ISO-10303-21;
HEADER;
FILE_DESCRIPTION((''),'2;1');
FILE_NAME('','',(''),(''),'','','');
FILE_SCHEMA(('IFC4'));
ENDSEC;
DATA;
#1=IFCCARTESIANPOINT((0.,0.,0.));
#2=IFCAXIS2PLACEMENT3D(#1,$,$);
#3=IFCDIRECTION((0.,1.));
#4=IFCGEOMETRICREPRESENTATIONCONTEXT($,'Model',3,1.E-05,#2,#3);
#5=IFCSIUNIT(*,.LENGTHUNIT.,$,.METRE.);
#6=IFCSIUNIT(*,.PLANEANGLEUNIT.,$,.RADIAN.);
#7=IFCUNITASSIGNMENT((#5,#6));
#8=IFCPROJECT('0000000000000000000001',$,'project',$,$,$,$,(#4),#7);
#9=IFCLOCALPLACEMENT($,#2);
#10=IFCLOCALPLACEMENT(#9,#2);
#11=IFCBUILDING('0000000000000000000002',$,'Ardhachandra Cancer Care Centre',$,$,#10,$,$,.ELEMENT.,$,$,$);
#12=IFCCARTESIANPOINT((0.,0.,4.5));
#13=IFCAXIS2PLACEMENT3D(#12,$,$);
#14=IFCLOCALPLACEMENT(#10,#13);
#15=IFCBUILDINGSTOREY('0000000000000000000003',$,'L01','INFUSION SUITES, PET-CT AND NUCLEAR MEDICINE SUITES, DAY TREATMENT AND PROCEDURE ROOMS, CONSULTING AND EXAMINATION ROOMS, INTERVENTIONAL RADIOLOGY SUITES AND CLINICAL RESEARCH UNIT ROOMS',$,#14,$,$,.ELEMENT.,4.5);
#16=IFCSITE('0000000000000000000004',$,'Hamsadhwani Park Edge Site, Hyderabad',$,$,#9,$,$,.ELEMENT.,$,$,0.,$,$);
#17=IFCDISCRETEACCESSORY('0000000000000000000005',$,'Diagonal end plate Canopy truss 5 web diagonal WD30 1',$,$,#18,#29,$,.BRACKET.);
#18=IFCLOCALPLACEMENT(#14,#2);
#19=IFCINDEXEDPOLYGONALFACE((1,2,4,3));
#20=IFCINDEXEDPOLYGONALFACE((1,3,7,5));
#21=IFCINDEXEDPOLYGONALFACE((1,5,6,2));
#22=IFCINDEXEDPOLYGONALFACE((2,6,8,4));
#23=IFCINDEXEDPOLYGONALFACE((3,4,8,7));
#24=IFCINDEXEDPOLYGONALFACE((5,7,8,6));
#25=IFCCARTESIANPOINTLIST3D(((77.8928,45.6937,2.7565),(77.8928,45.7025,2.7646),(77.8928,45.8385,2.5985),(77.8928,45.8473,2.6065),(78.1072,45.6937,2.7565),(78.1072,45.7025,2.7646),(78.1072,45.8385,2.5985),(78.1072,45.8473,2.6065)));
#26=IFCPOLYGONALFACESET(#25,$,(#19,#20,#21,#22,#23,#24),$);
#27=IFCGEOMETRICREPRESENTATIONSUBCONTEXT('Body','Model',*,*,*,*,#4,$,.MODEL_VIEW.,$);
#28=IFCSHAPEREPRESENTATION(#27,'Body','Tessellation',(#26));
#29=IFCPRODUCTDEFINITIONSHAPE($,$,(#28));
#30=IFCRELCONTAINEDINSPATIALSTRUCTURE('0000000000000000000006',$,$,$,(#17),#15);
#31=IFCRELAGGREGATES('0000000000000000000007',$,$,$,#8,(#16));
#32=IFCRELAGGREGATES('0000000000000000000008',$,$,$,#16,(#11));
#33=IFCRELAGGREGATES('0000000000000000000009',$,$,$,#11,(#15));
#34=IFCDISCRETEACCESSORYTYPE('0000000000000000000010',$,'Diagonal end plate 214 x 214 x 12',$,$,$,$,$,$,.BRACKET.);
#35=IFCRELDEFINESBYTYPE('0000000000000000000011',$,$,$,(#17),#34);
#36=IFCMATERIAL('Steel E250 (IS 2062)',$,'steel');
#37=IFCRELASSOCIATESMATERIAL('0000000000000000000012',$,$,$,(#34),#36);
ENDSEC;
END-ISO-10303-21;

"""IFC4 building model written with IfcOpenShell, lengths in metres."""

from ifc_helpers import new_model, si_unit, direction, frame, origin, origin_2d, place, context, subcontext, project, spatial, rectangle, extrude, material, material_profile, profile_set, type_object, element, save


model = new_model("IFC4")

# Units and contexts
model_context = context("Model", 3, precision=1e-05, world=origin(), true_north=direction((0.0, 1.0)))
body_context = subcontext(model_context, "Body", "Model", "MODEL_VIEW")
ifc_project = project(units=[si_unit("LENGTHUNIT", "METRE"), si_unit("PLANEANGLEUNIT", "RADIAN")], contexts=[model_context])

# Site, building, storey
site_placement = place(None, origin())
site = spatial("IfcSite", under=ifc_project, at=site_placement, Name="Hamsadhwani Park Edge Site, Hyderabad", CompositionType="ELEMENT", RefElevation=0.0)
building_placement = place(site_placement, origin())
building = spatial("IfcBuilding", under=site, at=building_placement, Name="Ardhachandra Cancer Care Centre", CompositionType="ELEMENT")
storey_placement = place(building_placement, frame((0.0, 0.0, 4.5)))
storey = spatial("IfcBuildingStorey", under=building, at=storey_placement, Name="L01", Description="INFUSION SUITES, PET-CT AND NUCLEAR MEDICINE SUITES, DAY TREATMENT AND PROCEDURE ROOMS, CONSULTING AND EXAMINATION ROOMS, INTERVENTIONAL RADIOLOGY SUITES AND CLINICAL RESEARCH UNIT ROOMS", CompositionType="ELEMENT", Elevation=4.5)

# Discrete accessory
ifc_material_1 = material(Name="Steel E250 (IS 2062)", Category="steel")
ifc_material_profile_1 = material_profile(ifc_material_1, rectangle(XDim=0.2144, YDim=0.2144, at=origin_2d()), Name="PL 214x214x12")
ifc_profile_set_1 = profile_set([ifc_material_profile_1], Name="Steel E250 (IS 2062)")
discrete_accessory_type = type_object("IfcDiscreteAccessoryType", Name="Diagonal end plate 214 x 214 x 12", PredefinedType="BRACKET", material=ifc_profile_set_1)
discrete_accessory_1_placement = place(storey_placement, frame((78.0, 45.7749, 2.6855), z_axis=(0.0, -0.737154, -0.675725), x_axis=(1.0, 0.0, 0.0)))
element("IfcDiscreteAccessory", 1, at=discrete_accessory_1_placement, inside=storey, type_object=discrete_accessory_type, Name="Diagonal end plate Canopy truss 5 web diagonal WD30 1", PredefinedType="BRACKET", context=body_context, shape_type="SweptSolid", body=[
    extrude(rectangle(XDim=0.2144, YDim=0.2144, at=origin_2d()), origin(), (0.0, 0.0, 1.0), 0.012),
])

save(model, "model.ifc")
